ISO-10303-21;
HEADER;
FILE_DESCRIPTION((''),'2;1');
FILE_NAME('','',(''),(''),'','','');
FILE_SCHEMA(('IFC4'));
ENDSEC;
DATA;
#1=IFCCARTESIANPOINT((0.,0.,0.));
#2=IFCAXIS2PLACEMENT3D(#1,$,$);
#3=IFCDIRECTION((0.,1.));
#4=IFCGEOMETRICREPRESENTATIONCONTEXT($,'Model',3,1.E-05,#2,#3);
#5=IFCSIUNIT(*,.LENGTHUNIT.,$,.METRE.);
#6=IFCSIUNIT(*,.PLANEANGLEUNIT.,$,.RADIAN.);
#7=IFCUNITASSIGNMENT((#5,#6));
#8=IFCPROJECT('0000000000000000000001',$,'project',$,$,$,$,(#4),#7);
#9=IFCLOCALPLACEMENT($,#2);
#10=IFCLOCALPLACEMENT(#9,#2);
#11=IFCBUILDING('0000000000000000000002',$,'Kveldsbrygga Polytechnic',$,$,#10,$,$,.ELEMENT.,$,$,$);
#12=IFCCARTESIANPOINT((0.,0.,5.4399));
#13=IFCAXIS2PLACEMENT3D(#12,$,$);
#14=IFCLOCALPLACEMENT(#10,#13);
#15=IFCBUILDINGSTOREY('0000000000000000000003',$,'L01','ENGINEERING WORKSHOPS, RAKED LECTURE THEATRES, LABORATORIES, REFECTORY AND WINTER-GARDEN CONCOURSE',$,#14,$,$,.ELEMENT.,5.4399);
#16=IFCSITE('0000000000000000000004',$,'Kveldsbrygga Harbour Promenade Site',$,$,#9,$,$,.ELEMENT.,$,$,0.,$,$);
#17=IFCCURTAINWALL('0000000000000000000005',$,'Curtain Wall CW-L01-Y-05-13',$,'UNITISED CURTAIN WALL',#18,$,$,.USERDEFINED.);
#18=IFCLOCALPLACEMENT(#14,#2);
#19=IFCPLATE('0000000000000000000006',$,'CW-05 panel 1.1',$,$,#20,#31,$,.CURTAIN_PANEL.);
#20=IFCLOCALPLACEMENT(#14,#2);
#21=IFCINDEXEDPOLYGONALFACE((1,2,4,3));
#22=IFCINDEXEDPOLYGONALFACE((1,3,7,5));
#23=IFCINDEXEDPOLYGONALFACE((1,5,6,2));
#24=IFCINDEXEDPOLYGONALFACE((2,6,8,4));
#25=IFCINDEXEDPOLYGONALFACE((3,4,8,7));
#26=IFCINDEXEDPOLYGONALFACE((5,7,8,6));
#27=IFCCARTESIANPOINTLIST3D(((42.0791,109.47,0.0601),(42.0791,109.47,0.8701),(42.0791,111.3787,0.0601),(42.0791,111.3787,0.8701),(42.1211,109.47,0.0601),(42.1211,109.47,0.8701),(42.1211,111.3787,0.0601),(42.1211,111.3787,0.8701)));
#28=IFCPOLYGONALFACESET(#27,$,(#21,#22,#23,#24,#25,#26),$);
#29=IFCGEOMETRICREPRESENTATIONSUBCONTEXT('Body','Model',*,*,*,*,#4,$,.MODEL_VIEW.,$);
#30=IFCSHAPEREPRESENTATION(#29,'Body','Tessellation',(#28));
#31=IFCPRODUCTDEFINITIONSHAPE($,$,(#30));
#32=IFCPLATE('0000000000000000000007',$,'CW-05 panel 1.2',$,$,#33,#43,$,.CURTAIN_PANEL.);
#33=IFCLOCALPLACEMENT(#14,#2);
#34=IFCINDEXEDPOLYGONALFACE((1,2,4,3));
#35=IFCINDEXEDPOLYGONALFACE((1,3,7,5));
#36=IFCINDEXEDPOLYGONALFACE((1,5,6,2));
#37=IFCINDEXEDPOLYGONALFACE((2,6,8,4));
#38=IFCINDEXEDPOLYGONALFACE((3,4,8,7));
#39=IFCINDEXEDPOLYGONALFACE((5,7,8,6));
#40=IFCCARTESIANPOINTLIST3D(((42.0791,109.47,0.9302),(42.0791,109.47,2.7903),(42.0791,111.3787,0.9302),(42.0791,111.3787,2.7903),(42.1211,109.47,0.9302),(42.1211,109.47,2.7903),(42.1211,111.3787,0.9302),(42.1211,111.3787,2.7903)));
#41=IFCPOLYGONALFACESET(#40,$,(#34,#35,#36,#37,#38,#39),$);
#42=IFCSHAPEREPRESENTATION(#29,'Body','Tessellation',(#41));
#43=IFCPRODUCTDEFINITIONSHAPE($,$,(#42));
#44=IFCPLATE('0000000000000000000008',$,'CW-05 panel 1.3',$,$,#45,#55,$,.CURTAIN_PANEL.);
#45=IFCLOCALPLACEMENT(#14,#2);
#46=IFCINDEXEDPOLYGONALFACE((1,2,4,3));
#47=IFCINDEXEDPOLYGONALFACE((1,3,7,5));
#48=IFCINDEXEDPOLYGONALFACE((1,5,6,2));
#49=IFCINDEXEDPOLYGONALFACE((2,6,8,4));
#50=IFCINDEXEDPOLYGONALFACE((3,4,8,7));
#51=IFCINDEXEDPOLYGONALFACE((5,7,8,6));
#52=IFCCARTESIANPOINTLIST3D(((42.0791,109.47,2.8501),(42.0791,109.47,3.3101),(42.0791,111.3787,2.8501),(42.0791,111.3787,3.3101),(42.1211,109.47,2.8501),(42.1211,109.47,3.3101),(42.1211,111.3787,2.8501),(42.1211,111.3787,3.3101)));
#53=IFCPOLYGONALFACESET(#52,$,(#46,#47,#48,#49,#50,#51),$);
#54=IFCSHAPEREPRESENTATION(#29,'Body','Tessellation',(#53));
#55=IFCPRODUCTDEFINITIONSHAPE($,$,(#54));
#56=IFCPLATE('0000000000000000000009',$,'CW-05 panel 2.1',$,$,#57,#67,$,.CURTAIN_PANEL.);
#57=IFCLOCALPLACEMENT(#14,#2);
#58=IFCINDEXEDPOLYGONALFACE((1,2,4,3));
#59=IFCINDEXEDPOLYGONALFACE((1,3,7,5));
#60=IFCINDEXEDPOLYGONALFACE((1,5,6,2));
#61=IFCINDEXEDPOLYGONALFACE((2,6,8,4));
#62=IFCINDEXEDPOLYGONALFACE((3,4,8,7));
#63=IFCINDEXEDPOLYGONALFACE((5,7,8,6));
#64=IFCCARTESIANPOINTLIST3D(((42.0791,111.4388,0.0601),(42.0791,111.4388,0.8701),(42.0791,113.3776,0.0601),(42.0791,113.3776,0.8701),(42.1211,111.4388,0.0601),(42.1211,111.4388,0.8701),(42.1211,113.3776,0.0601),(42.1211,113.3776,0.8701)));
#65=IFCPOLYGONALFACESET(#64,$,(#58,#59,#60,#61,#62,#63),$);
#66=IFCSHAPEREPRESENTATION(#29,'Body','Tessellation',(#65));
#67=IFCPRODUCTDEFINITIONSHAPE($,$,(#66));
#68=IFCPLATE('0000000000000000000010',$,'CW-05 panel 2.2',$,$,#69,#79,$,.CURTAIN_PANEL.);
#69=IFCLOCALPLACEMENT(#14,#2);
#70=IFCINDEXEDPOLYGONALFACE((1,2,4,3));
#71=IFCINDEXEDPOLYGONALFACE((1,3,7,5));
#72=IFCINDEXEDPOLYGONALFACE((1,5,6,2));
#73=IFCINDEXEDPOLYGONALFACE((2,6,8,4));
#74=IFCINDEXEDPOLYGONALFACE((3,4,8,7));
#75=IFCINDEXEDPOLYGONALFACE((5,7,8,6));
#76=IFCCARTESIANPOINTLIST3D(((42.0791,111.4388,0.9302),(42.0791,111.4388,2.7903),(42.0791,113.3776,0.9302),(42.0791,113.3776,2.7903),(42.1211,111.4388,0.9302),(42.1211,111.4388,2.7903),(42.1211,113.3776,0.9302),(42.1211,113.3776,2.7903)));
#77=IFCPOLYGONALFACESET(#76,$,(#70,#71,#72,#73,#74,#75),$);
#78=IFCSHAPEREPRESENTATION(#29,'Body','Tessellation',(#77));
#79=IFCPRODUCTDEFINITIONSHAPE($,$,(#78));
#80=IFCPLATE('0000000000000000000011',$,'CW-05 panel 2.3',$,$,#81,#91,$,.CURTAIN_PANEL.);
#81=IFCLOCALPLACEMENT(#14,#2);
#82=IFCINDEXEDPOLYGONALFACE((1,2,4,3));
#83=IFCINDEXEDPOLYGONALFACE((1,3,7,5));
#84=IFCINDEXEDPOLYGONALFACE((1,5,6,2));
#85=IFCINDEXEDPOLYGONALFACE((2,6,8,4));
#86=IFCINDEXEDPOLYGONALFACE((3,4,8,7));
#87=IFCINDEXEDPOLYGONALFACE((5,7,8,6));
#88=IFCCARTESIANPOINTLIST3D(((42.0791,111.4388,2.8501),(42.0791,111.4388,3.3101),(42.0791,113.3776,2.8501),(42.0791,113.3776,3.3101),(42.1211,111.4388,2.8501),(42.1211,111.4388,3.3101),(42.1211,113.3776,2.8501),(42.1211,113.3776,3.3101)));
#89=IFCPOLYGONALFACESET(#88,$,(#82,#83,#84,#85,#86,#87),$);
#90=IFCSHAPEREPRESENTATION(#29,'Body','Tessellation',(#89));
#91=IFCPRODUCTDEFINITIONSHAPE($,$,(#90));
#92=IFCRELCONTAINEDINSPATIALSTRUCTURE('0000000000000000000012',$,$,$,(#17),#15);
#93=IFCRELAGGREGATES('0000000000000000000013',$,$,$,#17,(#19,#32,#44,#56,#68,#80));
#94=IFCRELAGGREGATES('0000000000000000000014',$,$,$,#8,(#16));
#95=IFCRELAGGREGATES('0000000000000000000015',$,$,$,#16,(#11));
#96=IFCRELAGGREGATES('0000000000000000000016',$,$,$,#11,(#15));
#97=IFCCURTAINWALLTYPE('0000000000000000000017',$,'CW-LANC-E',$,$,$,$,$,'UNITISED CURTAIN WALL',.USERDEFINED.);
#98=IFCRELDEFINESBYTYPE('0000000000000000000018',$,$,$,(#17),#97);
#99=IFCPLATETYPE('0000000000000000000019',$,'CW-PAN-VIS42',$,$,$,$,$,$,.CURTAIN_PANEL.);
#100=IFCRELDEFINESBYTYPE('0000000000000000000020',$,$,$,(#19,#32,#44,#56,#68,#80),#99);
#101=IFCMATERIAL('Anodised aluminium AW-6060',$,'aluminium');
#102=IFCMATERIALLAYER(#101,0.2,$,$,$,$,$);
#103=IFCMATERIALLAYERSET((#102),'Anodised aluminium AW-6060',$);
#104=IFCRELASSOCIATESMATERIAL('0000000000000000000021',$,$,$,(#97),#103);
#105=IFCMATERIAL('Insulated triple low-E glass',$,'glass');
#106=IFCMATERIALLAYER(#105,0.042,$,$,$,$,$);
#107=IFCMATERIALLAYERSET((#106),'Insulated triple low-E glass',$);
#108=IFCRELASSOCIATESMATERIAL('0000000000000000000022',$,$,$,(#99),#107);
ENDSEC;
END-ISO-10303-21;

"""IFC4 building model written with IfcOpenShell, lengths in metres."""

from ifc_helpers import new_model, si_unit, direction, frame, origin, origin_2d, place, context, subcontext, project, spatial, rectangle, extrude, material, layer, layer_set, type_object, element, aggregate, save


model = new_model("IFC4")

# Units and contexts
model_context = context("Model", 3, precision=1e-05, world=origin(), true_north=direction((0.0, 1.0)))
body_context = subcontext(model_context, "Body", "Model", "MODEL_VIEW")
ifc_project = project(units=[si_unit("LENGTHUNIT", "METRE"), si_unit("PLANEANGLEUNIT", "RADIAN")], contexts=[model_context])

# Site, building, storey
site_placement = place(None, origin())
site = spatial("IfcSite", under=ifc_project, at=site_placement, Name="Kveldsbrygga Harbour Promenade Site", CompositionType="ELEMENT", RefElevation=0.0)
building_placement = place(site_placement, origin())
building = spatial("IfcBuilding", under=site, at=building_placement, Name="Kveldsbrygga Polytechnic", CompositionType="ELEMENT")
storey_placement = place(building_placement, frame((0.0, 0.0, 5.4399)))
storey = spatial("IfcBuildingStorey", under=building, at=storey_placement, Name="L01", Description="ENGINEERING WORKSHOPS, RAKED LECTURE THEATRES, LABORATORIES, REFECTORY AND WINTER-GARDEN CONCOURSE", CompositionType="ELEMENT", Elevation=5.4399)

# Curtain wall, plates
ifc_material_1 = material(Name="Anodised aluminium AW-6060", Category="aluminium")
ifc_layer_1 = layer(ifc_material_1, 0.2)
ifc_layer_set_1 = layer_set([ifc_layer_1], Name="Anodised aluminium AW-6060")
curtain_wall_type = type_object("IfcCurtainWallType", Name="CW-LANC-E", ElementType="UNITISED CURTAIN WALL", PredefinedType="USERDEFINED", material=ifc_layer_set_1)
curtain_wall_placement = place(storey_placement, origin())
curtain_wall = element("IfcCurtainWall", 1, at=curtain_wall_placement, inside=storey, type_object=curtain_wall_type, Name="Curtain Wall CW-L01-Y-05-13", ObjectType="UNITISED CURTAIN WALL", PredefinedType="USERDEFINED")
ifc_material_2 = material(Name="Insulated triple low-E glass", Category="glass")
ifc_layer_2 = layer(ifc_material_2, 0.042)
ifc_layer_set_2 = layer_set([ifc_layer_2], Name="Insulated triple low-E glass")
plate_type = type_object("IfcPlateType", Name="CW-PAN-VIS42", PredefinedType="CURTAIN_PANEL", material=ifc_layer_set_2)
plate_1_placement = place(storey_placement, frame((42.1001, 110.4243, 0.0601), z_axis=(0.0, 0.0, 1.0), x_axis=(0.0, 1.0, 0.0)))
plate_1 = element("IfcPlate", 2, at=plate_1_placement, type_object=plate_type, Name="CW-05 panel 1.1", PredefinedType="CURTAIN_PANEL", context=body_context, shape_type="SweptSolid", body=[
    extrude(rectangle(XDim=1.9087, YDim=0.042, at=origin_2d()), origin(), (0.0, 0.0, 1.0), 0.8101),
])
plate_2_placement = place(storey_placement, frame((42.1001, 110.4243, 0.9302), z_axis=(0.0, 0.0, 1.0), x_axis=(0.0, 1.0, 0.0)))
plate_2 = element("IfcPlate", 3, at=plate_2_placement, type_object=plate_type, Name="CW-05 panel 1.2", PredefinedType="CURTAIN_PANEL", context=body_context, shape_type="SweptSolid", body=[
    extrude(rectangle(XDim=1.9087, YDim=0.042, at=origin_2d()), origin(), (0.0, 0.0, 1.0), 1.8601),
])
plate_3_placement = place(storey_placement, frame((42.1001, 110.4243, 2.8501), z_axis=(0.0, 0.0, 1.0), x_axis=(0.0, 1.0, 0.0)))
plate_3 = element("IfcPlate", 4, at=plate_3_placement, type_object=plate_type, Name="CW-05 panel 1.3", PredefinedType="CURTAIN_PANEL", context=body_context, shape_type="SweptSolid", body=[
    extrude(rectangle(XDim=1.9087, YDim=0.042, at=origin_2d()), origin(), (0.0, 0.0, 1.0), 0.46),
])
plate_4_placement = place(storey_placement, frame((42.1001, 112.4082, 0.0601), z_axis=(0.0, 0.0, 1.0), x_axis=(0.0, 1.0, 0.0)))
plate_4 = element("IfcPlate", 5, at=plate_4_placement, type_object=plate_type, Name="CW-05 panel 2.1", PredefinedType="CURTAIN_PANEL", context=body_context, shape_type="SweptSolid", body=[
    extrude(rectangle(XDim=1.9387, YDim=0.042, at=origin_2d()), origin(), (0.0, 0.0, 1.0), 0.8101),
])
plate_5_placement = place(storey_placement, frame((42.1001, 112.4082, 0.9302), z_axis=(0.0, 0.0, 1.0), x_axis=(0.0, 1.0, 0.0)))
plate_5 = element("IfcPlate", 6, at=plate_5_placement, type_object=plate_type, Name="CW-05 panel 2.2", PredefinedType="CURTAIN_PANEL", context=body_context, shape_type="SweptSolid", body=[
    extrude(rectangle(XDim=1.9387, YDim=0.042, at=origin_2d()), origin(), (0.0, 0.0, 1.0), 1.8601),
])
plate_6_placement = place(storey_placement, frame((42.1001, 112.4082, 2.8501), z_axis=(0.0, 0.0, 1.0), x_axis=(0.0, 1.0, 0.0)))
plate_6 = element("IfcPlate", 7, at=plate_6_placement, type_object=plate_type, Name="CW-05 panel 2.3", PredefinedType="CURTAIN_PANEL", context=body_context, shape_type="SweptSolid", body=[
    extrude(rectangle(XDim=1.9387, YDim=0.042, at=origin_2d()), origin(), (0.0, 0.0, 1.0), 0.46),
])
aggregate(curtain_wall, [plate_1, plate_2, plate_3, plate_4, plate_5, plate_6])

save(model, "model.ifc")
